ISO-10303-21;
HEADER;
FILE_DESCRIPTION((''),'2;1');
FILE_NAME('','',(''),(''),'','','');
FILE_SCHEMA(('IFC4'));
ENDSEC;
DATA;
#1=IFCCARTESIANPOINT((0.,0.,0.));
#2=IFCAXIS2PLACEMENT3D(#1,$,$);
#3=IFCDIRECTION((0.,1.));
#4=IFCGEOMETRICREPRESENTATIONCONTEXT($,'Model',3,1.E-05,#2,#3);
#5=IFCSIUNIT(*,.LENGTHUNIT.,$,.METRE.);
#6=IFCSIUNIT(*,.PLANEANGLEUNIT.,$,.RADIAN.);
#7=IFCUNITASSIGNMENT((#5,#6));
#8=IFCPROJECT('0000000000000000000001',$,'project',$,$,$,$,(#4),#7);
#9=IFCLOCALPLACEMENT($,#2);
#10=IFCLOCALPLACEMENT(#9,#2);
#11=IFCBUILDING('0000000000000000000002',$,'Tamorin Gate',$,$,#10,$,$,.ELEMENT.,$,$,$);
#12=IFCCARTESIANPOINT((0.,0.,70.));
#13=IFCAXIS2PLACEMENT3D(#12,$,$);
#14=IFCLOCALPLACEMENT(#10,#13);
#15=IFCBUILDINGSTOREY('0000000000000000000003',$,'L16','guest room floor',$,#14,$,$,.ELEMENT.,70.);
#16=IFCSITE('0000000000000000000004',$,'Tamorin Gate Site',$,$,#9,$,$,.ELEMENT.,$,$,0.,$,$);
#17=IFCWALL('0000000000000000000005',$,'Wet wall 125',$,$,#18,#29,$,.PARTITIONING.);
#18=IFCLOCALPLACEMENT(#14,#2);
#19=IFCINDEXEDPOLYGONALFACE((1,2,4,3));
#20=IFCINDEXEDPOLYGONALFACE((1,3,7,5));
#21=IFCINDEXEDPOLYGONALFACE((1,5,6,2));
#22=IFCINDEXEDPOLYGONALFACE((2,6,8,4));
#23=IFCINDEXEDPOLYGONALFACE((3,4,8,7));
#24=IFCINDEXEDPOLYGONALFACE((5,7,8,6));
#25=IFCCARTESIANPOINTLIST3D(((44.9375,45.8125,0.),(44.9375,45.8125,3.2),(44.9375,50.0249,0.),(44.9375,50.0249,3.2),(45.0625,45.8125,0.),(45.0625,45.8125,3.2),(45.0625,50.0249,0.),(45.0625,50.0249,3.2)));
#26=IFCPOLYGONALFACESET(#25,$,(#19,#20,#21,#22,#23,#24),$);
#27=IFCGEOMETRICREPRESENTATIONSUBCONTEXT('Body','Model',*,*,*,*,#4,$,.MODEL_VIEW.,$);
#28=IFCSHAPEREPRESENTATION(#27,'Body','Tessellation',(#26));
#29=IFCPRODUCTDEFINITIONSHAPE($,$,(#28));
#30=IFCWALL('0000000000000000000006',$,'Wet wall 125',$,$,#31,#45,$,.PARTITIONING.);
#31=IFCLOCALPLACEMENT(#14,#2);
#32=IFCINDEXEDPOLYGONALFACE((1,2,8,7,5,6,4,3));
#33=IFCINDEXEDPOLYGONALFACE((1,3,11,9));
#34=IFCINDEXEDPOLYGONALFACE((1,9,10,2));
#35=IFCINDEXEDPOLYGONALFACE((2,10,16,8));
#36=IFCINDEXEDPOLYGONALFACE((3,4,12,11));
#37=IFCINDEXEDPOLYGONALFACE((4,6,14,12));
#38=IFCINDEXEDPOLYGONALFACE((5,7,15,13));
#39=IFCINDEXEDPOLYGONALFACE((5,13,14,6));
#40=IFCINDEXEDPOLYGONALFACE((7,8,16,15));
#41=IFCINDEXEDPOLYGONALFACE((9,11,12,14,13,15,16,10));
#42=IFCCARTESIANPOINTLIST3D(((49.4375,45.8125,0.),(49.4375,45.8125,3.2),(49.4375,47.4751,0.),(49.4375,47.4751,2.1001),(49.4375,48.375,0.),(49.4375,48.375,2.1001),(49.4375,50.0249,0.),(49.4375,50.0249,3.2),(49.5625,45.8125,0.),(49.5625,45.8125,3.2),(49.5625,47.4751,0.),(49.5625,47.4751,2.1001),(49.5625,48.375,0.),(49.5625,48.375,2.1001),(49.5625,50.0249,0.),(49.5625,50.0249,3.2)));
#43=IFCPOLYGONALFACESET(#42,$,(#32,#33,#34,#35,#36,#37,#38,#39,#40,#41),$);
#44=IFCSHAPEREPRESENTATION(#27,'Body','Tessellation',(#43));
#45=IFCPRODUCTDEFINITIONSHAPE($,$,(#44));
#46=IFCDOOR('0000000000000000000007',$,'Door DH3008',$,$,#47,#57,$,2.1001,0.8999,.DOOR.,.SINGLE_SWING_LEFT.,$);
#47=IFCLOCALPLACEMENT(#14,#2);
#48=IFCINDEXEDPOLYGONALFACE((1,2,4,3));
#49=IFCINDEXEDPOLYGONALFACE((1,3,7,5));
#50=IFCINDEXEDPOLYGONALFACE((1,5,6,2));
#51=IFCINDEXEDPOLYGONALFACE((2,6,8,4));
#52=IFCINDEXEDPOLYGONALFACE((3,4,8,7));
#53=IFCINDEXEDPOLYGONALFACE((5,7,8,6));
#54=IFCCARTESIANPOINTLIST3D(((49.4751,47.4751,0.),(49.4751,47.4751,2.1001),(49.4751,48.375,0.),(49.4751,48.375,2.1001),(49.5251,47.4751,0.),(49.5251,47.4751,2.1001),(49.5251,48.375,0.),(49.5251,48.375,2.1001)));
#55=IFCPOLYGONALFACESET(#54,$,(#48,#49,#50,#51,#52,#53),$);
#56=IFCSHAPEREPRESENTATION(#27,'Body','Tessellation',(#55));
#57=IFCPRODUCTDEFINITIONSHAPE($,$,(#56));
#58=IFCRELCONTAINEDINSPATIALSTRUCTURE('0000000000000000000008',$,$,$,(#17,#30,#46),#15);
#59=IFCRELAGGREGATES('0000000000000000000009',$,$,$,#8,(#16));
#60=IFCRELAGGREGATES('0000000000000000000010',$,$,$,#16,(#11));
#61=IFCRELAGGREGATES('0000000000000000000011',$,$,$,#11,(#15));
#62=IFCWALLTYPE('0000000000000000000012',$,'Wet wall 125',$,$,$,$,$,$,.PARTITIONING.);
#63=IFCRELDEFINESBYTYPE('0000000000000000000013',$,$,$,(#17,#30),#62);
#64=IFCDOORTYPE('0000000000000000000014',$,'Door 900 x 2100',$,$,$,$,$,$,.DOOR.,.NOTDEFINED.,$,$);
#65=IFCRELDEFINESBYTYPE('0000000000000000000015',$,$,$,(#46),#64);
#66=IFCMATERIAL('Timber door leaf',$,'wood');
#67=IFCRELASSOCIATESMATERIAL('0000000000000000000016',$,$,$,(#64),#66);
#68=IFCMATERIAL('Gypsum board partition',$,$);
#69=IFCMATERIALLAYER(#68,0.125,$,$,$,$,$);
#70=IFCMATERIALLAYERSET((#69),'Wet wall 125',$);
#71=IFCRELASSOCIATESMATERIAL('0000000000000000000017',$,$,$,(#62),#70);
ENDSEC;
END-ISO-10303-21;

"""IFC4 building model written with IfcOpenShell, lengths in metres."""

from ifc_helpers import new_model, si_unit, direction, frame, frame_2d, origin, place, context, subcontext, project, spatial, rectangle, extrude, material, layer, layer_set, type_object, element, fill, save


model = new_model("IFC4")

# Units and contexts
model_context = context("Model", 3, precision=1e-05, world=origin(), true_north=direction((0.0, 1.0)))
body_context = subcontext(model_context, "Body", "Model", "MODEL_VIEW")
ifc_project = project(units=[si_unit("LENGTHUNIT", "METRE"), si_unit("PLANEANGLEUNIT", "RADIAN")], contexts=[model_context])

# Site, building, storey
site_placement = place(None, origin())
site = spatial("IfcSite", under=ifc_project, at=site_placement, Name="Tamorin Gate Site", CompositionType="ELEMENT", RefElevation=0.0)
building_placement = place(site_placement, origin())
building = spatial("IfcBuilding", under=site, at=building_placement, Name="Tamorin Gate", CompositionType="ELEMENT")
storey_placement = place(building_placement, frame((0.0, 0.0, 70.0)))
storey = spatial("IfcBuildingStorey", under=building, at=storey_placement, Name="L16", Description="guest room floor", CompositionType="ELEMENT", Elevation=70.0)

# Shared definitions
ifc_material_1 = material(Name="Gypsum board partition")

# Shared definitions
ifc_material_2 = material(Name="Timber door leaf", Category="wood")
door_type = type_object("IfcDoorType", Name="Door 900 x 2100", OperationType="NOTDEFINED", PredefinedType="DOOR", material=ifc_material_2)

# Shared definitions
ifc_layer_1 = layer(ifc_material_1, 0.125)
ifc_layer_set_1 = layer_set([ifc_layer_1], Name="Wet wall 125")
wall_type_1 = type_object("IfcWallType", Name="Wet wall 125", PredefinedType="PARTITIONING", material=ifc_layer_set_1)

# Wall
wall_1_placement = place(storey_placement, frame((45.0, 45.8125, 0.0), z_axis=(0.0, 0.0, 1.0), x_axis=(0.0, 1.0, 0.0)))
element("IfcWall", 1, at=wall_1_placement, inside=storey, type_object=wall_type_1, Name="Wet wall 125", PredefinedType="PARTITIONING", context=body_context, shape_type="SweptSolid", body=[
    extrude(rectangle(XDim=4.2124, YDim=0.125, at=frame_2d((2.1062, 0.0))), origin(), (0.0, 0.0, 1.0), 3.2),
])

# Wall, opening, door
wall_2_placement = place(storey_placement, frame((49.5, 45.8125, 0.0), z_axis=(0.0, 0.0, 1.0), x_axis=(0.0, 1.0, 0.0)))
wall_2 = element("IfcWall", 2, at=wall_2_placement, inside=storey, type_object=wall_type_1, Name="Wet wall 125", PredefinedType="PARTITIONING", context=body_context, shape_type="SweptSolid", body=[
    extrude(rectangle(XDim=4.2124, YDim=0.125, at=frame_2d((2.1062, 0.0))), origin(), (0.0, 0.0, 1.0), 3.2),
])
opening_1_placement = place(wall_2_placement, frame((1.6626, 0.0, 0.0)))
opening_1 = element("IfcOpeningElement", 3, at=opening_1_placement, cuts=wall_2, PredefinedType="OPENING", context=body_context, shape_type="SweptSolid", body=[
    extrude(rectangle(XDim=0.8999, YDim=2.1001, at=frame_2d((0.45, 1.05))), frame((0.0, 0.0725, 0.0), z_axis=(0.0, -1.0, 0.0), x_axis=(1.0, 0.0, 0.0)), (0.0, 0.0, 1.0), 0.145),
])
door_1_placement = place(opening_1_placement, origin())
door_1 = element("IfcDoor", 4, at=door_1_placement, inside=storey, type_object=door_type, Name="Door DH3008", OperationType="SINGLE_SWING_LEFT", OverallHeight=2.1001, OverallWidth=0.8999, PredefinedType="DOOR", context=body_context, shape_type="SweptSolid", body=[
    extrude(rectangle(XDim=0.8999, YDim=2.1001, at=frame_2d((0.45, 1.05))), frame((0.0, 0.0249, 0.0), z_axis=(0.0, -1.0, 0.0), x_axis=(1.0, 0.0, 0.0)), (0.0, 0.0, 1.0), 0.05),
])
fill(opening_1, door_1)

save(model, "model.ifc")
